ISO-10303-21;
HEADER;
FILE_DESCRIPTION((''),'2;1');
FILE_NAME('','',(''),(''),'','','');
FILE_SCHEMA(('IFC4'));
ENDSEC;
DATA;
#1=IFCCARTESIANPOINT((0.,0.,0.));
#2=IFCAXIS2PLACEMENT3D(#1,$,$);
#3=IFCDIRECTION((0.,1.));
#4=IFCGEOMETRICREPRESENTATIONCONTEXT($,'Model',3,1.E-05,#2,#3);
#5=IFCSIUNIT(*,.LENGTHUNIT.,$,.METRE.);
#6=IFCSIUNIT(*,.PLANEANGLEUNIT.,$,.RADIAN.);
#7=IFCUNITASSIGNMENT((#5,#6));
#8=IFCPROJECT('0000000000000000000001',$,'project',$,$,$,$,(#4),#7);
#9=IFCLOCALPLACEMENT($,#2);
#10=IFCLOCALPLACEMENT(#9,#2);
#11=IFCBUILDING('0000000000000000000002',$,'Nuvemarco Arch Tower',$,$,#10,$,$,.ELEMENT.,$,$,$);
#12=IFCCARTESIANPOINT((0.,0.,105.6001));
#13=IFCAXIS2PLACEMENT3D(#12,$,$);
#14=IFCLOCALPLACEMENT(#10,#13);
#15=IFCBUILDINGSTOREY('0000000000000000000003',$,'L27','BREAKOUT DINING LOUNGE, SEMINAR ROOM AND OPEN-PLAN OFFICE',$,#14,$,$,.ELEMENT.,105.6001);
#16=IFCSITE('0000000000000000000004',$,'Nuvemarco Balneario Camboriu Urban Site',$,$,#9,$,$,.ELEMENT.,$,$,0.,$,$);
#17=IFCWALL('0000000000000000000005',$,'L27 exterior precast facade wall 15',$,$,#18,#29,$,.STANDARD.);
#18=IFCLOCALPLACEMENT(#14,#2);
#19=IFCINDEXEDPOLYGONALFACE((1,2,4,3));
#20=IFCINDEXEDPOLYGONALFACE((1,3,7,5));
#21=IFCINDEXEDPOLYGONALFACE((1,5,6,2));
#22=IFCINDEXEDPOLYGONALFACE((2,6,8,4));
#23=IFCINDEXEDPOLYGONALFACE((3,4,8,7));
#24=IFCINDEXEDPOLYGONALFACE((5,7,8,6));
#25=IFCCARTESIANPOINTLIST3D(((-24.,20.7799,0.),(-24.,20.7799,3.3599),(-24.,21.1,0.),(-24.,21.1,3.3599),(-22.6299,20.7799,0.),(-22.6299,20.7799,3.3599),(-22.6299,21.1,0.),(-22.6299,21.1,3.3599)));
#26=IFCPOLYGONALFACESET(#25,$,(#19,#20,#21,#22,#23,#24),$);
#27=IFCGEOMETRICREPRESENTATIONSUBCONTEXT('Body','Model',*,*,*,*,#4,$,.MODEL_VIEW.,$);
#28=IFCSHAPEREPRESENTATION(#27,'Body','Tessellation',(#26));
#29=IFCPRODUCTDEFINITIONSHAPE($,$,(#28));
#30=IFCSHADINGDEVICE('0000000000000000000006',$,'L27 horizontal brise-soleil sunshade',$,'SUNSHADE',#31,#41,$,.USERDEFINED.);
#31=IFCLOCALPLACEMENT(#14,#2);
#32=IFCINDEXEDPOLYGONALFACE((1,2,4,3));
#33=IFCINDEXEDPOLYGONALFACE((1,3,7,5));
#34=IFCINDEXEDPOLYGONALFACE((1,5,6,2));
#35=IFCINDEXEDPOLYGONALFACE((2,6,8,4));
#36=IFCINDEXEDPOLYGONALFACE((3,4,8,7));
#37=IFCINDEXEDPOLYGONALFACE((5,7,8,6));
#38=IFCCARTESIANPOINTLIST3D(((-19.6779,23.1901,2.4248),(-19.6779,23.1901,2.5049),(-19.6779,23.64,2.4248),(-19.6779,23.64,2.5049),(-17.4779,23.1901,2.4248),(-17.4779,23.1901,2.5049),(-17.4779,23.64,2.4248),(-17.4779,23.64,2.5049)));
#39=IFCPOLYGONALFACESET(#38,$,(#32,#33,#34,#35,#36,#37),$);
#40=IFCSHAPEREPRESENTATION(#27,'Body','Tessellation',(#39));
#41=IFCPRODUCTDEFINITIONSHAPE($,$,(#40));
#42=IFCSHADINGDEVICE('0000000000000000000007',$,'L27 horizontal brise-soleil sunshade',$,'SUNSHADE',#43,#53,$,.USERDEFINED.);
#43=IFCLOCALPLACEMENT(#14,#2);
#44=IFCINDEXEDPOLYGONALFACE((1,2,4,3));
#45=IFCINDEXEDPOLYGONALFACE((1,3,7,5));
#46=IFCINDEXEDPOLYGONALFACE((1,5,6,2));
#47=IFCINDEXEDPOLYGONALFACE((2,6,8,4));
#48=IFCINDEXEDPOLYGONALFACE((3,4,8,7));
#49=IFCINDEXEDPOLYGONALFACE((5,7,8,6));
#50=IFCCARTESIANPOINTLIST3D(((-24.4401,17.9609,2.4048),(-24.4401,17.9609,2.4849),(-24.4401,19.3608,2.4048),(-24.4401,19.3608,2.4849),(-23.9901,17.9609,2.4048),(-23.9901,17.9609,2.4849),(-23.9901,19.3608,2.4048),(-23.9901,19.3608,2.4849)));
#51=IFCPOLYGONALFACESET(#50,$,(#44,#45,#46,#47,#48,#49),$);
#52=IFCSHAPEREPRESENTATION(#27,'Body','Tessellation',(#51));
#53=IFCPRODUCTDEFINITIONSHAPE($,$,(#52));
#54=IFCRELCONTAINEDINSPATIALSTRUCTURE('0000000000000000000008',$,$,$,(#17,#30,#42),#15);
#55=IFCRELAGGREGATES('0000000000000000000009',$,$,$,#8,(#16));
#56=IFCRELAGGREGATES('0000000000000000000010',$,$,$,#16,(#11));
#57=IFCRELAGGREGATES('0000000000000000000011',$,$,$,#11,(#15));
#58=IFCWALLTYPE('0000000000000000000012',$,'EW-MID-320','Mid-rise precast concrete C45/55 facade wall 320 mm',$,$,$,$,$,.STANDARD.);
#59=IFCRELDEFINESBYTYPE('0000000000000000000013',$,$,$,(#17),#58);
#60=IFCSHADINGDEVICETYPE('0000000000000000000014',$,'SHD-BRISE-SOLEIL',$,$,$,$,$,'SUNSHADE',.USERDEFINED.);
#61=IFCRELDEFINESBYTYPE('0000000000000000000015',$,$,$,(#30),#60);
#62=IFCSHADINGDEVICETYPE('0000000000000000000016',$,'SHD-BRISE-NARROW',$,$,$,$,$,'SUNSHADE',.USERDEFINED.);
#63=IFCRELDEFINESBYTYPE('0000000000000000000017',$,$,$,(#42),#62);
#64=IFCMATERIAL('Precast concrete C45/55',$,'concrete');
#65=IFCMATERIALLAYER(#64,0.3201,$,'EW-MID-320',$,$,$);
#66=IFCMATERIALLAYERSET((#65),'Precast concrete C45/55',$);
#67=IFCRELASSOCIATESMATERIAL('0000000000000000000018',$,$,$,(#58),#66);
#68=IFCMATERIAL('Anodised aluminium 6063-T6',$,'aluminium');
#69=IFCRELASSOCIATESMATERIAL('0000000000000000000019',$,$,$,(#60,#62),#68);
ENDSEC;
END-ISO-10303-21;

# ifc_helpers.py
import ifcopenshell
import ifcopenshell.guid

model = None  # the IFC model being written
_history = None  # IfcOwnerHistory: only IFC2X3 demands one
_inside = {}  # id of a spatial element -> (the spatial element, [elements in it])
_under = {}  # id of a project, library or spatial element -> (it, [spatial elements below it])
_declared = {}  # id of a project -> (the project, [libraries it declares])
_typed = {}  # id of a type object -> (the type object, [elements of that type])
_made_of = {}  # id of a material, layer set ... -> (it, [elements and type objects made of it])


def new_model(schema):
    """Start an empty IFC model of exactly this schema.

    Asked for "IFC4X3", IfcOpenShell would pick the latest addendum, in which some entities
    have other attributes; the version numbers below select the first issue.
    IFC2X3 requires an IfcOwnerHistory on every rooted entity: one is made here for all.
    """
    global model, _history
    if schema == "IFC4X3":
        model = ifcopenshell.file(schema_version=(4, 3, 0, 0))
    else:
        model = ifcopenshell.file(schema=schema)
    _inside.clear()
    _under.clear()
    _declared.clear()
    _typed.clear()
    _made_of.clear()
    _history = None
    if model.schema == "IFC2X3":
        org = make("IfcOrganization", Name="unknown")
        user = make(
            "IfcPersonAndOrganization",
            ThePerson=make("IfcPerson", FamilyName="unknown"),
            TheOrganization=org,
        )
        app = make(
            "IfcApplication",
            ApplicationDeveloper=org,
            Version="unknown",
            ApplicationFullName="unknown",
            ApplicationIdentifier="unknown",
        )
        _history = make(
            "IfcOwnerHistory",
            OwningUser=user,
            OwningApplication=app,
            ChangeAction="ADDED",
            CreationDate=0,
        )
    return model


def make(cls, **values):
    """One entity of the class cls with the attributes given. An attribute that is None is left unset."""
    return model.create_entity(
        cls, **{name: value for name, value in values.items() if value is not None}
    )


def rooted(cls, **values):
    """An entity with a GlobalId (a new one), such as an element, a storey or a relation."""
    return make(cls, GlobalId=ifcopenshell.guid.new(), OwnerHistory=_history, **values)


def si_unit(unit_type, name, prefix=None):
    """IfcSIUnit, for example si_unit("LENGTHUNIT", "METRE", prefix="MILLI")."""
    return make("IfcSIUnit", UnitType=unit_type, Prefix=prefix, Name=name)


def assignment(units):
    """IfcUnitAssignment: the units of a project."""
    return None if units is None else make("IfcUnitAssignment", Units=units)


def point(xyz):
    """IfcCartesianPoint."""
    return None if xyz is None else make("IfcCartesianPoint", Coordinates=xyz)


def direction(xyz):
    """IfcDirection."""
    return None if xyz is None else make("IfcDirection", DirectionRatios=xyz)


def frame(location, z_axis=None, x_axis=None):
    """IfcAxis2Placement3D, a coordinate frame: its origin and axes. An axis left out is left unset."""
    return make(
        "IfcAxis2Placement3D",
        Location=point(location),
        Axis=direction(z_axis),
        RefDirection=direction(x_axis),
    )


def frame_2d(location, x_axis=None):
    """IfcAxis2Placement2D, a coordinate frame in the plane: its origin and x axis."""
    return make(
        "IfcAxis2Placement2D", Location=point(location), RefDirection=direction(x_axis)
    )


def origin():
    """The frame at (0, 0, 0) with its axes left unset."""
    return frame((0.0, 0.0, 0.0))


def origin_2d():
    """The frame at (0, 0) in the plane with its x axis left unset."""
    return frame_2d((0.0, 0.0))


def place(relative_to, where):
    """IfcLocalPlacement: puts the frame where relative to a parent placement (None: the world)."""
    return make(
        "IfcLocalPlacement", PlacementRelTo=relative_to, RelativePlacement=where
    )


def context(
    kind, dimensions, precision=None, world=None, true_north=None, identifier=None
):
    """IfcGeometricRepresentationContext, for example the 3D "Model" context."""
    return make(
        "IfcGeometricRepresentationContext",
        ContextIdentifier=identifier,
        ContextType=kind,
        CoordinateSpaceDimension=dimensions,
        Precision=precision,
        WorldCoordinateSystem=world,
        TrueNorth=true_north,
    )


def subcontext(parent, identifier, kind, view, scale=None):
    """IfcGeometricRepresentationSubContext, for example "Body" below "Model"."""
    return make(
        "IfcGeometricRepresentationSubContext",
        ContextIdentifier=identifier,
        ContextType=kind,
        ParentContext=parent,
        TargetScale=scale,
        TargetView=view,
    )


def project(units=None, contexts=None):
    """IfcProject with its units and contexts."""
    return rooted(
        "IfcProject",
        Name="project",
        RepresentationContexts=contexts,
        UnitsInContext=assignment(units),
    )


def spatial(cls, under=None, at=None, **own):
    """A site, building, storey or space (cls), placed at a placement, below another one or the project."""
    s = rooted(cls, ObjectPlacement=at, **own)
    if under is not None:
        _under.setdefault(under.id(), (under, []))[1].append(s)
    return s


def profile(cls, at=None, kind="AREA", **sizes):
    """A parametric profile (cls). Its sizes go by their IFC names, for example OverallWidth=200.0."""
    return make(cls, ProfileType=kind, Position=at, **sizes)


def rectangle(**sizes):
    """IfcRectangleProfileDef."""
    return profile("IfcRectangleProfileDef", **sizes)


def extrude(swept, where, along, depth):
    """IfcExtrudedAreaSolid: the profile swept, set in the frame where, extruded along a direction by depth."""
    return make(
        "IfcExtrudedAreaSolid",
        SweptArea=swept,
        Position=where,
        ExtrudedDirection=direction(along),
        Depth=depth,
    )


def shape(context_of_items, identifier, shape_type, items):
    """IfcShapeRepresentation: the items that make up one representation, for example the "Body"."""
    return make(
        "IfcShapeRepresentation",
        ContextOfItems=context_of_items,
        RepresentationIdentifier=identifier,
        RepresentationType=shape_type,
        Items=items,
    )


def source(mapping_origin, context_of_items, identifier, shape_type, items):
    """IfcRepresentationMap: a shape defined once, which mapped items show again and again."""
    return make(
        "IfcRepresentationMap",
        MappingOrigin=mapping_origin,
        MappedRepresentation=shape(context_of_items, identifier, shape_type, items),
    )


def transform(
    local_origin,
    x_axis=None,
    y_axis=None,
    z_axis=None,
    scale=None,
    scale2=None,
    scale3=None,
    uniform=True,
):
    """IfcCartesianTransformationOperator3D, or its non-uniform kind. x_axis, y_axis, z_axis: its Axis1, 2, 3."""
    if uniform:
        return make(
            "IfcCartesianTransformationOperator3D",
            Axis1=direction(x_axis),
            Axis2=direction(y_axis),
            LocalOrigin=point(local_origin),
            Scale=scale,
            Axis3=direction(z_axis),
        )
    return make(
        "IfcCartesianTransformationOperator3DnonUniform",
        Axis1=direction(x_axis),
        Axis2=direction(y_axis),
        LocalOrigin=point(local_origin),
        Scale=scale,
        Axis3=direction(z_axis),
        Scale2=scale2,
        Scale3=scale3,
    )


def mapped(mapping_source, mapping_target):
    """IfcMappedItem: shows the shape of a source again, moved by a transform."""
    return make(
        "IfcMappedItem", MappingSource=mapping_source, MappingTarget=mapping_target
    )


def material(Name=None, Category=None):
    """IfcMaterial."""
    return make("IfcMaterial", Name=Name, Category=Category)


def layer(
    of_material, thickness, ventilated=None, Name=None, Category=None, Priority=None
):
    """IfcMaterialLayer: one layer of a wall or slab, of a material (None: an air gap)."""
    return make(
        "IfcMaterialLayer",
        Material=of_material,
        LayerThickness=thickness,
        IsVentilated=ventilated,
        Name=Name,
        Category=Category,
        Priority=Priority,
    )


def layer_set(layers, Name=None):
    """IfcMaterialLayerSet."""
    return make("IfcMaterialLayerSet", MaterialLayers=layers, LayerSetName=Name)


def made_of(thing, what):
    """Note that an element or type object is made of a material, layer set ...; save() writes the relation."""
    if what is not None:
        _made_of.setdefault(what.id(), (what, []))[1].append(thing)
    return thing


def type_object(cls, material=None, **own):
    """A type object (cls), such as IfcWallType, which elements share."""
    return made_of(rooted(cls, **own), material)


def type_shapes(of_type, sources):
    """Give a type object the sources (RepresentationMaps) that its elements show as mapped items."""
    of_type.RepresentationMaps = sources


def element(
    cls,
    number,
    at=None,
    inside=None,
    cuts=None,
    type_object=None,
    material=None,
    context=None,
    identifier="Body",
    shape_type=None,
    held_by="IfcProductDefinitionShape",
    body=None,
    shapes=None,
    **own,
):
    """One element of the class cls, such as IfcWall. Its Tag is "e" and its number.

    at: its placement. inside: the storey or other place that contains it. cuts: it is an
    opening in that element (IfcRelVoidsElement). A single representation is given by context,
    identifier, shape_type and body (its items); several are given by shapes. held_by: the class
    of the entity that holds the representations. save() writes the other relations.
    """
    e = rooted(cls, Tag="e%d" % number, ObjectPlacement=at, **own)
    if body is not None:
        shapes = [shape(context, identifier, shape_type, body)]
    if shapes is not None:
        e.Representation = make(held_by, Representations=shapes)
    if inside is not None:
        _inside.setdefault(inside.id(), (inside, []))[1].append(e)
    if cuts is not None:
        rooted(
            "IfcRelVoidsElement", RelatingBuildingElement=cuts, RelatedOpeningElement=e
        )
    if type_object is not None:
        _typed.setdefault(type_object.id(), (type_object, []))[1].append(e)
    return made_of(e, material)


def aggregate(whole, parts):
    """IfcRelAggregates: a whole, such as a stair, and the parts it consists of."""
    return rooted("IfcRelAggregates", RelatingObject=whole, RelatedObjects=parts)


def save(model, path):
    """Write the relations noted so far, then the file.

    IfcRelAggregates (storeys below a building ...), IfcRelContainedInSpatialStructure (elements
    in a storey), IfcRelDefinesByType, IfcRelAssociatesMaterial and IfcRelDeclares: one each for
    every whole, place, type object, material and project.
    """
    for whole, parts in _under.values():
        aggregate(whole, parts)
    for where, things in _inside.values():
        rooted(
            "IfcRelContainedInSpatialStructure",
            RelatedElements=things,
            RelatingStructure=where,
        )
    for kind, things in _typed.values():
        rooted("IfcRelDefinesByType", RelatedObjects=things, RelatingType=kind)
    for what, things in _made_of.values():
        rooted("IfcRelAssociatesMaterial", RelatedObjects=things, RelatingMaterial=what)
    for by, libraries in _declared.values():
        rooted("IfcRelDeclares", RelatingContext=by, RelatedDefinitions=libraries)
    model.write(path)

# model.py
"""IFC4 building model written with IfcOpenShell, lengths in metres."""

from ifc_helpers import new_model, si_unit, direction, frame, frame_2d, origin, origin_2d, place, context, subcontext, project, spatial, rectangle, extrude, source, transform, mapped, material, layer, layer_set, type_object, type_shapes, element, save


model = new_model("IFC4")

# Units and contexts
model_context = context("Model", 3, precision=1e-05, world=origin(), true_north=direction((0.0, 1.0)))
body_context = subcontext(model_context, "Body", "Model", "MODEL_VIEW")
ifc_project = project(units=[si_unit("LENGTHUNIT", "METRE"), si_unit("PLANEANGLEUNIT", "RADIAN")], contexts=[model_context])

# Site, building, storey
site_placement = place(None, origin())
site = spatial("IfcSite", under=ifc_project, at=site_placement, Name="Nuvemarco Balneario Camboriu Urban Site", CompositionType="ELEMENT", RefElevation=0.0)
building_placement = place(site_placement, origin())
building = spatial("IfcBuilding", under=site, at=building_placement, Name="Nuvemarco Arch Tower", CompositionType="ELEMENT")
storey_placement = place(building_placement, frame((0.0, 0.0, 105.6001)))
storey = spatial("IfcBuildingStorey", under=building, at=storey_placement, Name="L27", Description="BREAKOUT DINING LOUNGE, SEMINAR ROOM AND OPEN-PLAN OFFICE", CompositionType="ELEMENT", Elevation=105.6001)

# Shared definitions
ifc_material_1 = material(Name="Precast concrete C45/55", Category="concrete")
ifc_layer = layer(ifc_material_1, 0.3201, Name="EW-MID-320")
ifc_layer_set = layer_set([ifc_layer], Name="Precast concrete C45/55")
wall_type = type_object("IfcWallType", Name="EW-MID-320", Description="Mid-rise precast concrete C45/55 facade wall 320 mm", PredefinedType="STANDARD", material=ifc_layer_set)

# Wall
wall_1_placement = place(storey_placement, frame((-24.0, 20.9399, 0.0), z_axis=(0.0, 0.0, 1.0), x_axis=(1.0, 0.0, 0.0)))
element("IfcWall", 1, at=wall_1_placement, inside=storey, type_object=wall_type, Name="L27 exterior precast facade wall 15", PredefinedType="STANDARD", context=body_context, shape_type="SweptSolid", body=[
    extrude(rectangle(XDim=1.3701, YDim=0.3201, at=frame_2d((0.6851, 0.0))), origin(), (0.0, 0.0, 1.0), 3.3599),
])

# Shading devices
ifc_material_2 = material(Name="Anodised aluminium 6063-T6", Category="aluminium")
shading_device_type_1 = type_object("IfcShadingDeviceType", Name="SHD-BRISE-SOLEIL", ElementType="SUNSHADE", PredefinedType="USERDEFINED", material=ifc_material_2)
shared_shape_1 = source(origin(), body_context, "Body", "SweptSolid", [
    extrude(rectangle(XDim=2.2, YDim=0.45, at=origin_2d()), origin(), (0.0, 0.0, 1.0), 0.0801),
])
type_shapes(shading_device_type_1, [shared_shape_1])
shading_device_1_placement = place(storey_placement, frame((-18.5779, 23.415, 2.4248), z_axis=(0.0, 0.0, 1.0), x_axis=(1.0, 0.0, 0.0)))
element("IfcShadingDevice", 2, at=shading_device_1_placement, inside=storey, type_object=shading_device_type_1, Name="L27 horizontal brise-soleil sunshade", ObjectType="SUNSHADE", PredefinedType="USERDEFINED", context=body_context, shape_type="MappedRepresentation", body=[
    mapped(shared_shape_1, transform((0.0, 0.0, 0.0), scale=1.0)),
])
shading_device_type_2 = type_object("IfcShadingDeviceType", Name="SHD-BRISE-NARROW", ElementType="SUNSHADE", PredefinedType="USERDEFINED", material=ifc_material_2)
shared_shape_2 = source(origin(), body_context, "Body", "SweptSolid", [
    extrude(rectangle(XDim=1.3999, YDim=0.45, at=origin_2d()), origin(), (0.0, 0.0, 1.0), 0.0801),
])
type_shapes(shading_device_type_2, [shared_shape_2])
shading_device_2_placement = place(storey_placement, frame((-24.2151, 18.6609, 2.4048), z_axis=(0.0, 0.0, 1.0), x_axis=(0.0, 1.0, 0.0)))
element("IfcShadingDevice", 3, at=shading_device_2_placement, inside=storey, type_object=shading_device_type_2, Name="L27 horizontal brise-soleil sunshade", ObjectType="SUNSHADE", PredefinedType="USERDEFINED", context=body_context, shape_type="MappedRepresentation", body=[
    mapped(shared_shape_2, transform((0.0, 0.0, 0.0), scale=1.0)),
])

save(model, "model.ifc")
